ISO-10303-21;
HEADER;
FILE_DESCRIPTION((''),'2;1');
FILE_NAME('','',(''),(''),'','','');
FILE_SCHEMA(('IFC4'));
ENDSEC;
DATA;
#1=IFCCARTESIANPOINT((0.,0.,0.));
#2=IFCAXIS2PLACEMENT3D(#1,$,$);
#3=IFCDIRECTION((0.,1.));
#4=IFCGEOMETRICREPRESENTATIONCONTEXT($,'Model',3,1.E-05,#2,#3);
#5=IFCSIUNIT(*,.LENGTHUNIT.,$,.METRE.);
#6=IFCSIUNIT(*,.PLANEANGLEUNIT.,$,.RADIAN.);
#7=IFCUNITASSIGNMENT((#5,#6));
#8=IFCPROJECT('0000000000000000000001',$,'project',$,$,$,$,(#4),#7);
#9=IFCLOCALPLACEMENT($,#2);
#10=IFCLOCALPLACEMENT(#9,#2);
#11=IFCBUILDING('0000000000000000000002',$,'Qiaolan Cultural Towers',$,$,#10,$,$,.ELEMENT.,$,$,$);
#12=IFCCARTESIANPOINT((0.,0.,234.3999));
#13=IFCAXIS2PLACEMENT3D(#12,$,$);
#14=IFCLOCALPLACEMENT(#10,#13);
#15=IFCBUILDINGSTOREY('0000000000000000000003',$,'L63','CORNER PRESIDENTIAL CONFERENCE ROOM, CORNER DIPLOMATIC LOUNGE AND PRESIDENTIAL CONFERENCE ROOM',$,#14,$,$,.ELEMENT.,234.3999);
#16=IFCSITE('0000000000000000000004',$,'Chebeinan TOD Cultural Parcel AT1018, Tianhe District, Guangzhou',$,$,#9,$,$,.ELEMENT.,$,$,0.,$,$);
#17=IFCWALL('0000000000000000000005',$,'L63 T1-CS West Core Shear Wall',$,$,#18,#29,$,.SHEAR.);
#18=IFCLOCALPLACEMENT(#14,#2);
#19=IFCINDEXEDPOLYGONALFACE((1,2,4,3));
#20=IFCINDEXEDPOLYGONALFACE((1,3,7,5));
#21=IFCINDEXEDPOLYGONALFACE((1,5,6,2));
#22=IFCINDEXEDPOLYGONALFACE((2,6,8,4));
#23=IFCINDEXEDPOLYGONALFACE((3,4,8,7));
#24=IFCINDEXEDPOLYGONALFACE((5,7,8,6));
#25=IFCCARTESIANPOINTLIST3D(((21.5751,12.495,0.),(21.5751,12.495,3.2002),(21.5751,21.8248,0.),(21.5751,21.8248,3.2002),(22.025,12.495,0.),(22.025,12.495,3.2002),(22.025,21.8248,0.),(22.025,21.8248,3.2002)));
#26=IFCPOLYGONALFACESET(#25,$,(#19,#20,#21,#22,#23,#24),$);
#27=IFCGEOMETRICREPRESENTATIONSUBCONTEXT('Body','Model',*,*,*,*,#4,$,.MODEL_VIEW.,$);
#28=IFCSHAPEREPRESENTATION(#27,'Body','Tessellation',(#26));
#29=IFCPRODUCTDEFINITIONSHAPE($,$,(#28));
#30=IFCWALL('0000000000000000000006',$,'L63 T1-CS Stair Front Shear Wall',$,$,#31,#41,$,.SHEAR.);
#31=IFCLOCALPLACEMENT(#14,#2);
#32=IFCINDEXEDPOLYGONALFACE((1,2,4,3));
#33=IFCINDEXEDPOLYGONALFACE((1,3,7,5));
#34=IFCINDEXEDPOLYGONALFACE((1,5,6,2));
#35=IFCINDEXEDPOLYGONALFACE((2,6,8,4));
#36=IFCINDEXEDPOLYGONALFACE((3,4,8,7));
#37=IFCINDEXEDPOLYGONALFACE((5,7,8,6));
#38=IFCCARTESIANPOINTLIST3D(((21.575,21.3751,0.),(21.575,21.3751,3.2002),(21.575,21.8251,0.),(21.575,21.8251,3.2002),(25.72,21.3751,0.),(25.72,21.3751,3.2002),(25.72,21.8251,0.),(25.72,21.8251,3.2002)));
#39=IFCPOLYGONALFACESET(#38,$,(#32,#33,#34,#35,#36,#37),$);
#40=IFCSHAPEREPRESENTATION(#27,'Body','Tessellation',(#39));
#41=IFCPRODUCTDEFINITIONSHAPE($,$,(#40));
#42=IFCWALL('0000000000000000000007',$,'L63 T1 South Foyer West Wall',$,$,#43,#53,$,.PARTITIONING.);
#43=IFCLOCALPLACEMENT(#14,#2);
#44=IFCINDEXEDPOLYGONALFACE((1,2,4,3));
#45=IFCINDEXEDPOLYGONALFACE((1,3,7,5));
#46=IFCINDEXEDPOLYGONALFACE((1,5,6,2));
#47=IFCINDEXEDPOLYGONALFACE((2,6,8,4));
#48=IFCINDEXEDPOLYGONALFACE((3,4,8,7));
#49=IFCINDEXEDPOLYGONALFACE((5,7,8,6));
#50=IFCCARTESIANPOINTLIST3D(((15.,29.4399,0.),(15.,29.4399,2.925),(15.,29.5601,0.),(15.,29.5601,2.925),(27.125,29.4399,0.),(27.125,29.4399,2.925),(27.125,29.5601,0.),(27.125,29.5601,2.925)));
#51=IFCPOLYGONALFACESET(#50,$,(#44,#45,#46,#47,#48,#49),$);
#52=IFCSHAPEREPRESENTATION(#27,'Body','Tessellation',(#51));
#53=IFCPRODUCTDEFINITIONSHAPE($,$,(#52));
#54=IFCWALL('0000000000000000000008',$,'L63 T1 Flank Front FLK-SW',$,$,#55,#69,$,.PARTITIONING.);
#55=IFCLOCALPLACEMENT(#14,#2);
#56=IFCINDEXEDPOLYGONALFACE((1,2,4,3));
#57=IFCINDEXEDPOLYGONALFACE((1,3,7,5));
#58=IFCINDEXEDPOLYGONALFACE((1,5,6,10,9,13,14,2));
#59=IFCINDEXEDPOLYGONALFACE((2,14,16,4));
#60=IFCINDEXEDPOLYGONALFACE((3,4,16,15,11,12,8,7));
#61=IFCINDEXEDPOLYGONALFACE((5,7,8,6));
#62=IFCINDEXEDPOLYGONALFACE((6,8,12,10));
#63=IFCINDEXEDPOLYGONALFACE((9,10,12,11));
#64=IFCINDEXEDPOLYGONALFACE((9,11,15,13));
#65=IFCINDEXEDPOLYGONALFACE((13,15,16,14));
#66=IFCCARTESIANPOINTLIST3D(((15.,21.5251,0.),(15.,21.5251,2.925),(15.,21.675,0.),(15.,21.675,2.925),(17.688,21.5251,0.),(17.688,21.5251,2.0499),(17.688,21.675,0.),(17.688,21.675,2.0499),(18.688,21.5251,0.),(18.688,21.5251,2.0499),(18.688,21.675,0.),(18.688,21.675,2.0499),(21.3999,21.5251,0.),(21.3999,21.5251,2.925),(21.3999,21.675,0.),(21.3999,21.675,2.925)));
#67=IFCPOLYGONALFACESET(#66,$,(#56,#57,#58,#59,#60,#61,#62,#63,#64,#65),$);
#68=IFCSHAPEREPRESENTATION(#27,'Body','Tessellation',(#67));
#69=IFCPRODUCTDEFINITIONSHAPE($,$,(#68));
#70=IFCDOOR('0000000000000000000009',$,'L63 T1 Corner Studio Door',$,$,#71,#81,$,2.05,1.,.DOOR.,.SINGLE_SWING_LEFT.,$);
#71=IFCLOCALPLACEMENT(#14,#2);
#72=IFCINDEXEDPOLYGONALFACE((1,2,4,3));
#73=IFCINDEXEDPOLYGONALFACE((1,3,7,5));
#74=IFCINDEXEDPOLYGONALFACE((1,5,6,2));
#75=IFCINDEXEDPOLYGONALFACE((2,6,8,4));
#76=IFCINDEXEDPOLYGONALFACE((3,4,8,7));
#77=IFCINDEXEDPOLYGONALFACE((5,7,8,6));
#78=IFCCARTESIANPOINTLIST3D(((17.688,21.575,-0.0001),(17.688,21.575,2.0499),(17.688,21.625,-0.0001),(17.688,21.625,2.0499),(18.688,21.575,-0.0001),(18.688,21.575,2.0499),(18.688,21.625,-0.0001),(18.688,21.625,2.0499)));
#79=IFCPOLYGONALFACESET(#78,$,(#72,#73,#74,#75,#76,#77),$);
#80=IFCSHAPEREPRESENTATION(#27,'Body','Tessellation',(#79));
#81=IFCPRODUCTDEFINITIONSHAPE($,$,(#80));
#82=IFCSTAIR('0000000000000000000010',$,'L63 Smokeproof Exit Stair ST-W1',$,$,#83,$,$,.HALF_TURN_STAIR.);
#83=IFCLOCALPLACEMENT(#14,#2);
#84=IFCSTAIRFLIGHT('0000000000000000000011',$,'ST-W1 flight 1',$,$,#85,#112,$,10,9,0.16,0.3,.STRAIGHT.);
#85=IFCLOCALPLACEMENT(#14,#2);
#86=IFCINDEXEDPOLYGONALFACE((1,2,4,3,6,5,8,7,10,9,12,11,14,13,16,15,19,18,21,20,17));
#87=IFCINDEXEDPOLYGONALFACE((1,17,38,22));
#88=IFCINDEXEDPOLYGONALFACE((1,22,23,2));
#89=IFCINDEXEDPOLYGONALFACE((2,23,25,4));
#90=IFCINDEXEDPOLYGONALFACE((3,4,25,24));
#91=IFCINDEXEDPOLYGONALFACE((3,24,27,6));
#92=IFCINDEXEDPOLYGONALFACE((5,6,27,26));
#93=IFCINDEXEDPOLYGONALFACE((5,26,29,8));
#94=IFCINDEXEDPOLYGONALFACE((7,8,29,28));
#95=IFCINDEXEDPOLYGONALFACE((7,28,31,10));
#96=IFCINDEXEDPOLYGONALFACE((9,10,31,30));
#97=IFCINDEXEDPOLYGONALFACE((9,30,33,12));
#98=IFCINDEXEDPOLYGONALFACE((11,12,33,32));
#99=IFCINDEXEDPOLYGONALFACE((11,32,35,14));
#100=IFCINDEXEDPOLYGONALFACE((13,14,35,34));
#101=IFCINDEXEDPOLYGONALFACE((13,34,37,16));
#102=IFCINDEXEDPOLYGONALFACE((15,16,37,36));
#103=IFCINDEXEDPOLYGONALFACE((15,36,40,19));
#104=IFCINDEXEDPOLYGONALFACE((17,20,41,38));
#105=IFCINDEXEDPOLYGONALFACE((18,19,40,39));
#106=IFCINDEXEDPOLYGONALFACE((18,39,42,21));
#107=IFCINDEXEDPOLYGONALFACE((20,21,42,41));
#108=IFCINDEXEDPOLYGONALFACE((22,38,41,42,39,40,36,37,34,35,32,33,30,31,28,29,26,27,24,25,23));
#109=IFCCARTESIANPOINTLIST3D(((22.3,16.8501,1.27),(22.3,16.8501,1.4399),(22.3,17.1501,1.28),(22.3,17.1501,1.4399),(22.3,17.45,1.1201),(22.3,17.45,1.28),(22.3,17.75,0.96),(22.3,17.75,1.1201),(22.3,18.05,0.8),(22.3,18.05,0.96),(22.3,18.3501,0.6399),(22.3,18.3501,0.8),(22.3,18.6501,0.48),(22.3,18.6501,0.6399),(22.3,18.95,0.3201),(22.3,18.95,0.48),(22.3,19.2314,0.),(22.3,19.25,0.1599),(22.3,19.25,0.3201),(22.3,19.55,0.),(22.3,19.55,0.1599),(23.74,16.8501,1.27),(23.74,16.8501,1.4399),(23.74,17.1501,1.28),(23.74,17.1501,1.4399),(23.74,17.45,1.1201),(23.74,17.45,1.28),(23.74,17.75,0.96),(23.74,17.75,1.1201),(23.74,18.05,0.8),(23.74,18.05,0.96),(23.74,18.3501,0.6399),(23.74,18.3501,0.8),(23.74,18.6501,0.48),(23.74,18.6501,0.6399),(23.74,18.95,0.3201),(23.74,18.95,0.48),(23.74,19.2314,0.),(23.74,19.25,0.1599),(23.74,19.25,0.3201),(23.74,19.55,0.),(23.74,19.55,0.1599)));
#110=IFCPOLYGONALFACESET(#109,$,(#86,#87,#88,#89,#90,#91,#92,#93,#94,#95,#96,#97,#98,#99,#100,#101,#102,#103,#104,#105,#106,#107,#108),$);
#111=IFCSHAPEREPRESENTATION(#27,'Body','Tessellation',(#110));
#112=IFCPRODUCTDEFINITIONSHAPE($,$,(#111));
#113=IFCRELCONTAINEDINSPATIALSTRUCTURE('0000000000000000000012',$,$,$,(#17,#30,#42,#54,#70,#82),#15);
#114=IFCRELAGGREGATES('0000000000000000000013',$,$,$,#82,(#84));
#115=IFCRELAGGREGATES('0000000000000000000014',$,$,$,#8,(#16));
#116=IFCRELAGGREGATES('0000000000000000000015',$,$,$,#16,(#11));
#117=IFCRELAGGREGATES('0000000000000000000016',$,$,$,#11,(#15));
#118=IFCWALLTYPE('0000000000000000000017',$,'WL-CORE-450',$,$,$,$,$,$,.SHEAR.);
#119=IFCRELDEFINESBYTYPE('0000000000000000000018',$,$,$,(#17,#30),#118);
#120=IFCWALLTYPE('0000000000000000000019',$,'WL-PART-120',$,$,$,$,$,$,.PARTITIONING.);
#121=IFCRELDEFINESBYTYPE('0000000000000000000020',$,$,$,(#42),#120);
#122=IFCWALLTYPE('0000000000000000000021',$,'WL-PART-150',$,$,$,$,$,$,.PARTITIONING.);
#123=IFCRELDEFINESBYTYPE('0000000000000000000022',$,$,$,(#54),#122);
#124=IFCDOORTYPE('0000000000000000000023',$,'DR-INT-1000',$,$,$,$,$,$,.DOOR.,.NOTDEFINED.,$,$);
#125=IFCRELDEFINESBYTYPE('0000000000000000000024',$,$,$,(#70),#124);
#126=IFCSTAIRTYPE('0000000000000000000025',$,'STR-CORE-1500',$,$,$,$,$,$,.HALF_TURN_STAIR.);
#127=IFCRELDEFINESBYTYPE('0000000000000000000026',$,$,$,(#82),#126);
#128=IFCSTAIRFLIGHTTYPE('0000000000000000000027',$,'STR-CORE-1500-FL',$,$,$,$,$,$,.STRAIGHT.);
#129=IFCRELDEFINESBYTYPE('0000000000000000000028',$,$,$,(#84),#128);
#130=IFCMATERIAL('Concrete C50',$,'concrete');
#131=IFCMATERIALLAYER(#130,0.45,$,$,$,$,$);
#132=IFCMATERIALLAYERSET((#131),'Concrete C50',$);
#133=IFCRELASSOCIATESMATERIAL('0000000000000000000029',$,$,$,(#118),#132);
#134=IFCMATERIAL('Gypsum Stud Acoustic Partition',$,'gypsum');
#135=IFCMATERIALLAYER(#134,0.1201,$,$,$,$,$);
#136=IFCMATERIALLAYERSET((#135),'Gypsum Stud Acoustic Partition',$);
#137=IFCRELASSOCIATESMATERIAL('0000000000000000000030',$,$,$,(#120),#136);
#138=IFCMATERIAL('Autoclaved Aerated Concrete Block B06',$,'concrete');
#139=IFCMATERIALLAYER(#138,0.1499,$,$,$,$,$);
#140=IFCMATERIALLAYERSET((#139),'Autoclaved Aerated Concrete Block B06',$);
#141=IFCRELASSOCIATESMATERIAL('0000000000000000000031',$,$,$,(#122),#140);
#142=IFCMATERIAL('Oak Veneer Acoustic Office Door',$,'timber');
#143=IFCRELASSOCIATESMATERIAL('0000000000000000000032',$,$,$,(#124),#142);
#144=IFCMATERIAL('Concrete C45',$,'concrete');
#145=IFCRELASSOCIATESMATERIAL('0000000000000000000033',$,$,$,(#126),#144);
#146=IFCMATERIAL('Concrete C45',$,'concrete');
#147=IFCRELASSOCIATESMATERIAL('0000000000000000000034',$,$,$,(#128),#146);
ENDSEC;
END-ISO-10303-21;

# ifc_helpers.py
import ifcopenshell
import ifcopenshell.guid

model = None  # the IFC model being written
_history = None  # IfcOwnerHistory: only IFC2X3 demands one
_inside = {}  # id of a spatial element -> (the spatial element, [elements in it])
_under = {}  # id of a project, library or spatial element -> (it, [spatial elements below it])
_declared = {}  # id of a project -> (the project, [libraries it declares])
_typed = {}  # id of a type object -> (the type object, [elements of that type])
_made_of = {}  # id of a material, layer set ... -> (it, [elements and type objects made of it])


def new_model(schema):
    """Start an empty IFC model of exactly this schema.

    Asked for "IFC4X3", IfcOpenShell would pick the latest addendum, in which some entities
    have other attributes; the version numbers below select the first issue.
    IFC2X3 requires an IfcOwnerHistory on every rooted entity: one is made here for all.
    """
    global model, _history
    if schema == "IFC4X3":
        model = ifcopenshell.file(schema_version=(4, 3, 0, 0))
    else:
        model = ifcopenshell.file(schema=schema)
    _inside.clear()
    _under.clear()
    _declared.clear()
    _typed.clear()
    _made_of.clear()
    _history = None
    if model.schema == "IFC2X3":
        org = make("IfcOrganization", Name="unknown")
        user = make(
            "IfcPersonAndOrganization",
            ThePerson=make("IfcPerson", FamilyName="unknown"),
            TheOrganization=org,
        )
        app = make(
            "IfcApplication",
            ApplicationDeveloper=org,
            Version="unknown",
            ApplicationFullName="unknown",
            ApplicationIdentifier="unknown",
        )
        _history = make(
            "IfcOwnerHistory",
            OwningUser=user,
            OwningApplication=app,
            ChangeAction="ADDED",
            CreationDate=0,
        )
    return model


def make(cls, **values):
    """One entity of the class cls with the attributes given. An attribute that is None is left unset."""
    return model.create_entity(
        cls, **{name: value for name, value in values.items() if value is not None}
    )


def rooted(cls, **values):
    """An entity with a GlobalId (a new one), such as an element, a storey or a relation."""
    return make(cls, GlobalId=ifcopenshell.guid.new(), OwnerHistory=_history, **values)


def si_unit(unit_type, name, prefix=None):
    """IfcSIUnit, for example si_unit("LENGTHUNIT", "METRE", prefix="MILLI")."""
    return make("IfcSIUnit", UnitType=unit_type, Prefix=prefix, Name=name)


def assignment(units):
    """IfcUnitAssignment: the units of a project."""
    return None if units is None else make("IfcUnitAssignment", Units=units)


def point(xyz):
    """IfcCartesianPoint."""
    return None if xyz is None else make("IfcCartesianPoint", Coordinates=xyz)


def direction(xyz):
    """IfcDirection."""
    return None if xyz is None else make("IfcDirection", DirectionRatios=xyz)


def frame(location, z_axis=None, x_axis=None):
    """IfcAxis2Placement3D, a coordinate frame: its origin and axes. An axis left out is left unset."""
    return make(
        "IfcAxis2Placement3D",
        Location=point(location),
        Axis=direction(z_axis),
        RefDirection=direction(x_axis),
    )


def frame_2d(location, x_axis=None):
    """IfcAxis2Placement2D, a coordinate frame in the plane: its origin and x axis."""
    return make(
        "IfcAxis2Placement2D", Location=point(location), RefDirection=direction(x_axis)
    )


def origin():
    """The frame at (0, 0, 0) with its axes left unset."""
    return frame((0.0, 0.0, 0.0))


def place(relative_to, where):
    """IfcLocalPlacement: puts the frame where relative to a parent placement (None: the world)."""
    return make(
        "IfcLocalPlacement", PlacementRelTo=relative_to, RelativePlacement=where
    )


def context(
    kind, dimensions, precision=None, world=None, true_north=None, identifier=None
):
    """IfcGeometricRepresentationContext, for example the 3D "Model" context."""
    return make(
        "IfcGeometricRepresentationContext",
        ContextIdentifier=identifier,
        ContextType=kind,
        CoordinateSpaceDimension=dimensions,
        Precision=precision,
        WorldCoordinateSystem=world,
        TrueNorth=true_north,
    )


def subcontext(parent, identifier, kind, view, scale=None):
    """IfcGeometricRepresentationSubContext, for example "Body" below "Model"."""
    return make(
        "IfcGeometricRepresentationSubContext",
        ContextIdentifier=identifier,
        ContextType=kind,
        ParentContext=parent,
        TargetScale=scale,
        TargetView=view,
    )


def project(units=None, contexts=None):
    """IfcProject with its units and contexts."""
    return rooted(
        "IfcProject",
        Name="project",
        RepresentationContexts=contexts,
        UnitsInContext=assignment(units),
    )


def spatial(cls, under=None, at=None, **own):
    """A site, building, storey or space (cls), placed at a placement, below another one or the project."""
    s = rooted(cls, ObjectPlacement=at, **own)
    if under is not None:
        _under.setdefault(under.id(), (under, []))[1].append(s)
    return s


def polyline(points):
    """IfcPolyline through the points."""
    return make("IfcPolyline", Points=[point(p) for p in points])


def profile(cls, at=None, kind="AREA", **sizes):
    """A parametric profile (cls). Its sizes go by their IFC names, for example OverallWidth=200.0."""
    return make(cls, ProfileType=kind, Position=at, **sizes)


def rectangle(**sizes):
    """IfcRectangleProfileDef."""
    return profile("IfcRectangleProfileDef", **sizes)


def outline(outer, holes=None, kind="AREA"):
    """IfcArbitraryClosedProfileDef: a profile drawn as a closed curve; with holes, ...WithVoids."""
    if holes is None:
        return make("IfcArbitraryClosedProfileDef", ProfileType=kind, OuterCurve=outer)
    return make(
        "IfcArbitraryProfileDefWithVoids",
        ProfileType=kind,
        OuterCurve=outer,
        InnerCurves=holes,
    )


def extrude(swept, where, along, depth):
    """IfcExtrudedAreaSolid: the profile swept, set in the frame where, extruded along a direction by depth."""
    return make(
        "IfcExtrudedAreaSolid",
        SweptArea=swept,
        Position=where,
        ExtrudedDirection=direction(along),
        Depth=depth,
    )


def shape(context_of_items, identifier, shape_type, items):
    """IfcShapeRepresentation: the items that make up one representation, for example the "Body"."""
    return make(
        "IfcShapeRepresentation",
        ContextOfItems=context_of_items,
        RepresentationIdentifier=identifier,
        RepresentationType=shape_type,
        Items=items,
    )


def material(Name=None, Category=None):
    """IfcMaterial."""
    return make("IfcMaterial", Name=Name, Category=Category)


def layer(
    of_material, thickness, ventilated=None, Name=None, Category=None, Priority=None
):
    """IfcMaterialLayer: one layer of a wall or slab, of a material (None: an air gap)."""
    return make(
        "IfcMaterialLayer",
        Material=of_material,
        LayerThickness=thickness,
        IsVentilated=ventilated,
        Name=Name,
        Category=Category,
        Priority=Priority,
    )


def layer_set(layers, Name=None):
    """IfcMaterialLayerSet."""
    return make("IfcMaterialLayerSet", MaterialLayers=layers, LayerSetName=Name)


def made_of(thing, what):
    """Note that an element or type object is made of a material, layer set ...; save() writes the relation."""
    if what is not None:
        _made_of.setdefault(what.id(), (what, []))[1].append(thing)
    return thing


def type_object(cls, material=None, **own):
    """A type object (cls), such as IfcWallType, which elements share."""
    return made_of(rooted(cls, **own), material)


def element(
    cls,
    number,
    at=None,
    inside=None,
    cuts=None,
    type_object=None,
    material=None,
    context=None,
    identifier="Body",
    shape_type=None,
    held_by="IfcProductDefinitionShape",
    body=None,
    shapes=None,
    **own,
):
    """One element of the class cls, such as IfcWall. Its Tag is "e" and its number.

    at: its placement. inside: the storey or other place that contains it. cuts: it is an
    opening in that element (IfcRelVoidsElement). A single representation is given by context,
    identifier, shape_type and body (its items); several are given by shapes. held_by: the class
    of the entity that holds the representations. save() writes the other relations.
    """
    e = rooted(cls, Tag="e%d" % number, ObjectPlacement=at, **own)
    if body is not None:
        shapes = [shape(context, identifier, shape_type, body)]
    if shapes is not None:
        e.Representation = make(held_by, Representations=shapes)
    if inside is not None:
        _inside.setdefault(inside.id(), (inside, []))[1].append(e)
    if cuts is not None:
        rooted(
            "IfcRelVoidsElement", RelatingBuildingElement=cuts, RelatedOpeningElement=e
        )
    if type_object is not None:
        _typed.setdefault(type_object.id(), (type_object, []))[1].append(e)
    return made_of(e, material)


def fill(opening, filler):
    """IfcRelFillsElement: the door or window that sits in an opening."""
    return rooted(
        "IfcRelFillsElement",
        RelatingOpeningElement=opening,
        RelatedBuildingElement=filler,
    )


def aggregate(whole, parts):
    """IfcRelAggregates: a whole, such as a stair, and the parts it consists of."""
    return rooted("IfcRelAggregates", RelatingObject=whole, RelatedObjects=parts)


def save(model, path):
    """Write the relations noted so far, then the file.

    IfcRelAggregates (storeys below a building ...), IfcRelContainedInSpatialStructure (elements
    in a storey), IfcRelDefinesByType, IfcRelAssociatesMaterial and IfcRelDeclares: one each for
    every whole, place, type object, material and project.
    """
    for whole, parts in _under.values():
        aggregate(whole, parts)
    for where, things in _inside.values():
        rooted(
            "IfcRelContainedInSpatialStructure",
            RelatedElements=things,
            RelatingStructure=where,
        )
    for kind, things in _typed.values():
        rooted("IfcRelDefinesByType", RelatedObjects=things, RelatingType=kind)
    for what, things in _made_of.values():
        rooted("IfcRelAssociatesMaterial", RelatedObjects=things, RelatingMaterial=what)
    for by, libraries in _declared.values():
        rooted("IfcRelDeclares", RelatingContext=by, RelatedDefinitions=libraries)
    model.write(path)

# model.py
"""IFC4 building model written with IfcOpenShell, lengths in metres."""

from ifc_helpers import new_model, si_unit, direction, frame, frame_2d, origin, place, context, subcontext, project, spatial, polyline, rectangle, outline, extrude, material, layer, layer_set, type_object, element, fill, aggregate, save


model = new_model("IFC4")

# Units and contexts
model_context = context("Model", 3, precision=1e-05, world=origin(), true_north=direction((0.0, 1.0)))
body_context = subcontext(model_context, "Body", "Model", "MODEL_VIEW")
ifc_project = project(units=[si_unit("LENGTHUNIT", "METRE"), si_unit("PLANEANGLEUNIT", "RADIAN")], contexts=[model_context])

# Site, building, storey
site_placement = place(None, origin())
site = spatial("IfcSite", under=ifc_project, at=site_placement, Name="Chebeinan TOD Cultural Parcel AT1018, Tianhe District, Guangzhou", CompositionType="ELEMENT", RefElevation=0.0)
building_placement = place(site_placement, origin())
building = spatial("IfcBuilding", under=site, at=building_placement, Name="Qiaolan Cultural Towers", CompositionType="ELEMENT")
storey_placement = place(building_placement, frame((0.0, 0.0, 234.3999)))
storey = spatial("IfcBuildingStorey", under=building, at=storey_placement, Name="L63", Description="CORNER PRESIDENTIAL CONFERENCE ROOM, CORNER DIPLOMATIC LOUNGE AND PRESIDENTIAL CONFERENCE ROOM", CompositionType="ELEMENT", Elevation=234.3999)

# Walls
ifc_material_1 = material(Name="Concrete C50", Category="concrete")
ifc_layer_1 = layer(ifc_material_1, 0.45)
ifc_layer_set_1 = layer_set([ifc_layer_1], Name="Concrete C50")
wall_type_1 = type_object("IfcWallType", Name="WL-CORE-450", PredefinedType="SHEAR", material=ifc_layer_set_1)
wall_1_placement = place(storey_placement, frame((21.8, 21.825, 0.0), z_axis=(0.0, 0.0, 1.0), x_axis=(0.0, -1.0, 0.0)))
element("IfcWall", 1, at=wall_1_placement, inside=storey, type_object=wall_type_1, Name="L63 T1-CS West Core Shear Wall", PredefinedType="SHEAR", context=body_context, shape_type="SweptSolid", body=[
    extrude(rectangle(XDim=9.3298, YDim=0.45, at=frame_2d((4.665, 0.0))), origin(), (0.0, 0.0, 1.0), 3.2002),
])
wall_2_placement = place(storey_placement, frame((21.575, 21.6001, 0.0), z_axis=(0.0, 0.0, 1.0), x_axis=(1.0, 0.0, 0.0)))
element("IfcWall", 2, at=wall_2_placement, inside=storey, type_object=wall_type_1, Name="L63 T1-CS Stair Front Shear Wall", PredefinedType="SHEAR", context=body_context, shape_type="SweptSolid", body=[
    extrude(rectangle(XDim=4.145, YDim=0.45, at=frame_2d((2.0725, 0.0))), origin(), (0.0, 0.0, 1.0), 3.2002),
])
ifc_material_2 = material(Name="Gypsum Stud Acoustic Partition", Category="gypsum")
ifc_layer_2 = layer(ifc_material_2, 0.1201)
ifc_layer_set_2 = layer_set([ifc_layer_2], Name="Gypsum Stud Acoustic Partition")
wall_type_2 = type_object("IfcWallType", Name="WL-PART-120", PredefinedType="PARTITIONING", material=ifc_layer_set_2)
wall_3_placement = place(storey_placement, frame((15.0, 29.5, 0.0), z_axis=(0.0, 0.0, 1.0), x_axis=(1.0, 0.0, 0.0)))
element("IfcWall", 3, at=wall_3_placement, inside=storey, type_object=wall_type_2, Name="L63 T1 South Foyer West Wall", PredefinedType="PARTITIONING", context=body_context, shape_type="SweptSolid", body=[
    extrude(rectangle(XDim=12.125, YDim=0.1201, at=frame_2d((6.0625, 0.0))), origin(), (0.0, 0.0, 1.0), 2.925),
])

# Wall, opening, door
ifc_material_3 = material(Name="Autoclaved Aerated Concrete Block B06", Category="concrete")
ifc_layer_3 = layer(ifc_material_3, 0.1499)
ifc_layer_set_3 = layer_set([ifc_layer_3], Name="Autoclaved Aerated Concrete Block B06")
wall_type_3 = type_object("IfcWallType", Name="WL-PART-150", PredefinedType="PARTITIONING", material=ifc_layer_set_3)
wall_4_placement = place(storey_placement, frame((15.0, 21.6001, 0.0), z_axis=(0.0, 0.0, 1.0), x_axis=(1.0, 0.0, 0.0)))
wall_4 = element("IfcWall", 4, at=wall_4_placement, inside=storey, type_object=wall_type_3, Name="L63 T1 Flank Front FLK-SW", PredefinedType="PARTITIONING", context=body_context, shape_type="SweptSolid", body=[
    extrude(rectangle(XDim=6.3999, YDim=0.1499, at=frame_2d((3.2, 0.0))), origin(), (0.0, 0.0, 1.0), 2.925),
])
opening_placement = place(wall_4_placement, frame((2.688, 0.0, 0.0)))
opening = element("IfcOpeningElement", 5, at=opening_placement, cuts=wall_4, PredefinedType="OPENING", context=body_context, shape_type="SweptSolid", body=[
    extrude(rectangle(XDim=1.0, YDim=2.05, at=frame_2d((0.5, 1.0249))), frame((0.0, 0.085, 0.0), z_axis=(0.0, -1.0, 0.0), x_axis=(1.0, 0.0, 0.0)), (0.0, 0.0, 1.0), 0.1699),
])
ifc_material_4 = material(Name="Oak Veneer Acoustic Office Door", Category="timber")
door_type = type_object("IfcDoorType", Name="DR-INT-1000", OperationType="NOTDEFINED", PredefinedType="DOOR", material=ifc_material_4)
door_placement = place(opening_placement, origin())
door = element("IfcDoor", 6, at=door_placement, inside=storey, type_object=door_type, Name="L63 T1 Corner Studio Door", OperationType="SINGLE_SWING_LEFT", OverallHeight=2.05, OverallWidth=1.0, PredefinedType="DOOR", context=body_context, shape_type="SweptSolid", body=[
    extrude(rectangle(XDim=1.0, YDim=2.05, at=frame_2d((0.5, 1.0249))), frame((0.0, 0.0249, 0.0), z_axis=(0.0, -1.0, 0.0), x_axis=(1.0, 0.0, 0.0)), (0.0, 0.0, 1.0), 0.05),
])
fill(opening, door)

# Stair, stair flight
ifc_material_5 = material(Name="Concrete C45", Category="concrete")
stair_type = type_object("IfcStairType", Name="STR-CORE-1500", PredefinedType="HALF_TURN_STAIR", material=ifc_material_5)
stair_placement = place(storey_placement, origin())
stair = element("IfcStair", 7, at=stair_placement, inside=storey, type_object=stair_type, Name="L63 Smokeproof Exit Stair ST-W1", PredefinedType="HALF_TURN_STAIR")
ifc_material_6 = material(Name="Concrete C45", Category="concrete")
stair_flight_type = type_object("IfcStairFlightType", Name="STR-CORE-1500-FL", PredefinedType="STRAIGHT", material=ifc_material_6)
stair_flight_placement = place(storey_placement, frame((23.02, 19.55, 0.0), z_axis=(0.0, 0.0, 1.0), x_axis=(0.0, -1.0, 0.0)))
stair_flight = element("IfcStairFlight", 8, at=stair_flight_placement, type_object=stair_flight_type, Name="ST-W1 flight 1", NumberOfRisers=10, NumberOfTreads=9, PredefinedType="STRAIGHT", RiserHeight=0.16, TreadLength=0.3, context=body_context, shape_type="SweptSolid", body=[
    extrude(outline(polyline([(0.0, 0.0), (0.0, 0.1599), (0.3, 0.1599), (0.3, 0.3201), (0.6001, 0.3201), (0.6001, 0.48), (0.8999, 0.48), (0.8999, 0.6399), (1.2, 0.6399), (1.2, 0.8), (1.5, 0.8), (1.5, 0.96), (1.8, 0.96), (1.8, 1.1201), (2.1001, 1.1201), (2.1001, 1.28), (2.3999, 1.28), (2.3999, 1.4399), (2.7, 1.4399), (2.7, 1.6001), (2.7, 1.27), (0.3186, 0.0), (0.0, 0.0)])), frame((0.0, 0.72, 0.0), z_axis=(0.0, -1.0, 0.0), x_axis=(1.0, 0.0, 0.0)), (0.0, 0.0, 1.0), 1.4399),
])
aggregate(stair, [stair_flight])

save(model, "model.ifc")
